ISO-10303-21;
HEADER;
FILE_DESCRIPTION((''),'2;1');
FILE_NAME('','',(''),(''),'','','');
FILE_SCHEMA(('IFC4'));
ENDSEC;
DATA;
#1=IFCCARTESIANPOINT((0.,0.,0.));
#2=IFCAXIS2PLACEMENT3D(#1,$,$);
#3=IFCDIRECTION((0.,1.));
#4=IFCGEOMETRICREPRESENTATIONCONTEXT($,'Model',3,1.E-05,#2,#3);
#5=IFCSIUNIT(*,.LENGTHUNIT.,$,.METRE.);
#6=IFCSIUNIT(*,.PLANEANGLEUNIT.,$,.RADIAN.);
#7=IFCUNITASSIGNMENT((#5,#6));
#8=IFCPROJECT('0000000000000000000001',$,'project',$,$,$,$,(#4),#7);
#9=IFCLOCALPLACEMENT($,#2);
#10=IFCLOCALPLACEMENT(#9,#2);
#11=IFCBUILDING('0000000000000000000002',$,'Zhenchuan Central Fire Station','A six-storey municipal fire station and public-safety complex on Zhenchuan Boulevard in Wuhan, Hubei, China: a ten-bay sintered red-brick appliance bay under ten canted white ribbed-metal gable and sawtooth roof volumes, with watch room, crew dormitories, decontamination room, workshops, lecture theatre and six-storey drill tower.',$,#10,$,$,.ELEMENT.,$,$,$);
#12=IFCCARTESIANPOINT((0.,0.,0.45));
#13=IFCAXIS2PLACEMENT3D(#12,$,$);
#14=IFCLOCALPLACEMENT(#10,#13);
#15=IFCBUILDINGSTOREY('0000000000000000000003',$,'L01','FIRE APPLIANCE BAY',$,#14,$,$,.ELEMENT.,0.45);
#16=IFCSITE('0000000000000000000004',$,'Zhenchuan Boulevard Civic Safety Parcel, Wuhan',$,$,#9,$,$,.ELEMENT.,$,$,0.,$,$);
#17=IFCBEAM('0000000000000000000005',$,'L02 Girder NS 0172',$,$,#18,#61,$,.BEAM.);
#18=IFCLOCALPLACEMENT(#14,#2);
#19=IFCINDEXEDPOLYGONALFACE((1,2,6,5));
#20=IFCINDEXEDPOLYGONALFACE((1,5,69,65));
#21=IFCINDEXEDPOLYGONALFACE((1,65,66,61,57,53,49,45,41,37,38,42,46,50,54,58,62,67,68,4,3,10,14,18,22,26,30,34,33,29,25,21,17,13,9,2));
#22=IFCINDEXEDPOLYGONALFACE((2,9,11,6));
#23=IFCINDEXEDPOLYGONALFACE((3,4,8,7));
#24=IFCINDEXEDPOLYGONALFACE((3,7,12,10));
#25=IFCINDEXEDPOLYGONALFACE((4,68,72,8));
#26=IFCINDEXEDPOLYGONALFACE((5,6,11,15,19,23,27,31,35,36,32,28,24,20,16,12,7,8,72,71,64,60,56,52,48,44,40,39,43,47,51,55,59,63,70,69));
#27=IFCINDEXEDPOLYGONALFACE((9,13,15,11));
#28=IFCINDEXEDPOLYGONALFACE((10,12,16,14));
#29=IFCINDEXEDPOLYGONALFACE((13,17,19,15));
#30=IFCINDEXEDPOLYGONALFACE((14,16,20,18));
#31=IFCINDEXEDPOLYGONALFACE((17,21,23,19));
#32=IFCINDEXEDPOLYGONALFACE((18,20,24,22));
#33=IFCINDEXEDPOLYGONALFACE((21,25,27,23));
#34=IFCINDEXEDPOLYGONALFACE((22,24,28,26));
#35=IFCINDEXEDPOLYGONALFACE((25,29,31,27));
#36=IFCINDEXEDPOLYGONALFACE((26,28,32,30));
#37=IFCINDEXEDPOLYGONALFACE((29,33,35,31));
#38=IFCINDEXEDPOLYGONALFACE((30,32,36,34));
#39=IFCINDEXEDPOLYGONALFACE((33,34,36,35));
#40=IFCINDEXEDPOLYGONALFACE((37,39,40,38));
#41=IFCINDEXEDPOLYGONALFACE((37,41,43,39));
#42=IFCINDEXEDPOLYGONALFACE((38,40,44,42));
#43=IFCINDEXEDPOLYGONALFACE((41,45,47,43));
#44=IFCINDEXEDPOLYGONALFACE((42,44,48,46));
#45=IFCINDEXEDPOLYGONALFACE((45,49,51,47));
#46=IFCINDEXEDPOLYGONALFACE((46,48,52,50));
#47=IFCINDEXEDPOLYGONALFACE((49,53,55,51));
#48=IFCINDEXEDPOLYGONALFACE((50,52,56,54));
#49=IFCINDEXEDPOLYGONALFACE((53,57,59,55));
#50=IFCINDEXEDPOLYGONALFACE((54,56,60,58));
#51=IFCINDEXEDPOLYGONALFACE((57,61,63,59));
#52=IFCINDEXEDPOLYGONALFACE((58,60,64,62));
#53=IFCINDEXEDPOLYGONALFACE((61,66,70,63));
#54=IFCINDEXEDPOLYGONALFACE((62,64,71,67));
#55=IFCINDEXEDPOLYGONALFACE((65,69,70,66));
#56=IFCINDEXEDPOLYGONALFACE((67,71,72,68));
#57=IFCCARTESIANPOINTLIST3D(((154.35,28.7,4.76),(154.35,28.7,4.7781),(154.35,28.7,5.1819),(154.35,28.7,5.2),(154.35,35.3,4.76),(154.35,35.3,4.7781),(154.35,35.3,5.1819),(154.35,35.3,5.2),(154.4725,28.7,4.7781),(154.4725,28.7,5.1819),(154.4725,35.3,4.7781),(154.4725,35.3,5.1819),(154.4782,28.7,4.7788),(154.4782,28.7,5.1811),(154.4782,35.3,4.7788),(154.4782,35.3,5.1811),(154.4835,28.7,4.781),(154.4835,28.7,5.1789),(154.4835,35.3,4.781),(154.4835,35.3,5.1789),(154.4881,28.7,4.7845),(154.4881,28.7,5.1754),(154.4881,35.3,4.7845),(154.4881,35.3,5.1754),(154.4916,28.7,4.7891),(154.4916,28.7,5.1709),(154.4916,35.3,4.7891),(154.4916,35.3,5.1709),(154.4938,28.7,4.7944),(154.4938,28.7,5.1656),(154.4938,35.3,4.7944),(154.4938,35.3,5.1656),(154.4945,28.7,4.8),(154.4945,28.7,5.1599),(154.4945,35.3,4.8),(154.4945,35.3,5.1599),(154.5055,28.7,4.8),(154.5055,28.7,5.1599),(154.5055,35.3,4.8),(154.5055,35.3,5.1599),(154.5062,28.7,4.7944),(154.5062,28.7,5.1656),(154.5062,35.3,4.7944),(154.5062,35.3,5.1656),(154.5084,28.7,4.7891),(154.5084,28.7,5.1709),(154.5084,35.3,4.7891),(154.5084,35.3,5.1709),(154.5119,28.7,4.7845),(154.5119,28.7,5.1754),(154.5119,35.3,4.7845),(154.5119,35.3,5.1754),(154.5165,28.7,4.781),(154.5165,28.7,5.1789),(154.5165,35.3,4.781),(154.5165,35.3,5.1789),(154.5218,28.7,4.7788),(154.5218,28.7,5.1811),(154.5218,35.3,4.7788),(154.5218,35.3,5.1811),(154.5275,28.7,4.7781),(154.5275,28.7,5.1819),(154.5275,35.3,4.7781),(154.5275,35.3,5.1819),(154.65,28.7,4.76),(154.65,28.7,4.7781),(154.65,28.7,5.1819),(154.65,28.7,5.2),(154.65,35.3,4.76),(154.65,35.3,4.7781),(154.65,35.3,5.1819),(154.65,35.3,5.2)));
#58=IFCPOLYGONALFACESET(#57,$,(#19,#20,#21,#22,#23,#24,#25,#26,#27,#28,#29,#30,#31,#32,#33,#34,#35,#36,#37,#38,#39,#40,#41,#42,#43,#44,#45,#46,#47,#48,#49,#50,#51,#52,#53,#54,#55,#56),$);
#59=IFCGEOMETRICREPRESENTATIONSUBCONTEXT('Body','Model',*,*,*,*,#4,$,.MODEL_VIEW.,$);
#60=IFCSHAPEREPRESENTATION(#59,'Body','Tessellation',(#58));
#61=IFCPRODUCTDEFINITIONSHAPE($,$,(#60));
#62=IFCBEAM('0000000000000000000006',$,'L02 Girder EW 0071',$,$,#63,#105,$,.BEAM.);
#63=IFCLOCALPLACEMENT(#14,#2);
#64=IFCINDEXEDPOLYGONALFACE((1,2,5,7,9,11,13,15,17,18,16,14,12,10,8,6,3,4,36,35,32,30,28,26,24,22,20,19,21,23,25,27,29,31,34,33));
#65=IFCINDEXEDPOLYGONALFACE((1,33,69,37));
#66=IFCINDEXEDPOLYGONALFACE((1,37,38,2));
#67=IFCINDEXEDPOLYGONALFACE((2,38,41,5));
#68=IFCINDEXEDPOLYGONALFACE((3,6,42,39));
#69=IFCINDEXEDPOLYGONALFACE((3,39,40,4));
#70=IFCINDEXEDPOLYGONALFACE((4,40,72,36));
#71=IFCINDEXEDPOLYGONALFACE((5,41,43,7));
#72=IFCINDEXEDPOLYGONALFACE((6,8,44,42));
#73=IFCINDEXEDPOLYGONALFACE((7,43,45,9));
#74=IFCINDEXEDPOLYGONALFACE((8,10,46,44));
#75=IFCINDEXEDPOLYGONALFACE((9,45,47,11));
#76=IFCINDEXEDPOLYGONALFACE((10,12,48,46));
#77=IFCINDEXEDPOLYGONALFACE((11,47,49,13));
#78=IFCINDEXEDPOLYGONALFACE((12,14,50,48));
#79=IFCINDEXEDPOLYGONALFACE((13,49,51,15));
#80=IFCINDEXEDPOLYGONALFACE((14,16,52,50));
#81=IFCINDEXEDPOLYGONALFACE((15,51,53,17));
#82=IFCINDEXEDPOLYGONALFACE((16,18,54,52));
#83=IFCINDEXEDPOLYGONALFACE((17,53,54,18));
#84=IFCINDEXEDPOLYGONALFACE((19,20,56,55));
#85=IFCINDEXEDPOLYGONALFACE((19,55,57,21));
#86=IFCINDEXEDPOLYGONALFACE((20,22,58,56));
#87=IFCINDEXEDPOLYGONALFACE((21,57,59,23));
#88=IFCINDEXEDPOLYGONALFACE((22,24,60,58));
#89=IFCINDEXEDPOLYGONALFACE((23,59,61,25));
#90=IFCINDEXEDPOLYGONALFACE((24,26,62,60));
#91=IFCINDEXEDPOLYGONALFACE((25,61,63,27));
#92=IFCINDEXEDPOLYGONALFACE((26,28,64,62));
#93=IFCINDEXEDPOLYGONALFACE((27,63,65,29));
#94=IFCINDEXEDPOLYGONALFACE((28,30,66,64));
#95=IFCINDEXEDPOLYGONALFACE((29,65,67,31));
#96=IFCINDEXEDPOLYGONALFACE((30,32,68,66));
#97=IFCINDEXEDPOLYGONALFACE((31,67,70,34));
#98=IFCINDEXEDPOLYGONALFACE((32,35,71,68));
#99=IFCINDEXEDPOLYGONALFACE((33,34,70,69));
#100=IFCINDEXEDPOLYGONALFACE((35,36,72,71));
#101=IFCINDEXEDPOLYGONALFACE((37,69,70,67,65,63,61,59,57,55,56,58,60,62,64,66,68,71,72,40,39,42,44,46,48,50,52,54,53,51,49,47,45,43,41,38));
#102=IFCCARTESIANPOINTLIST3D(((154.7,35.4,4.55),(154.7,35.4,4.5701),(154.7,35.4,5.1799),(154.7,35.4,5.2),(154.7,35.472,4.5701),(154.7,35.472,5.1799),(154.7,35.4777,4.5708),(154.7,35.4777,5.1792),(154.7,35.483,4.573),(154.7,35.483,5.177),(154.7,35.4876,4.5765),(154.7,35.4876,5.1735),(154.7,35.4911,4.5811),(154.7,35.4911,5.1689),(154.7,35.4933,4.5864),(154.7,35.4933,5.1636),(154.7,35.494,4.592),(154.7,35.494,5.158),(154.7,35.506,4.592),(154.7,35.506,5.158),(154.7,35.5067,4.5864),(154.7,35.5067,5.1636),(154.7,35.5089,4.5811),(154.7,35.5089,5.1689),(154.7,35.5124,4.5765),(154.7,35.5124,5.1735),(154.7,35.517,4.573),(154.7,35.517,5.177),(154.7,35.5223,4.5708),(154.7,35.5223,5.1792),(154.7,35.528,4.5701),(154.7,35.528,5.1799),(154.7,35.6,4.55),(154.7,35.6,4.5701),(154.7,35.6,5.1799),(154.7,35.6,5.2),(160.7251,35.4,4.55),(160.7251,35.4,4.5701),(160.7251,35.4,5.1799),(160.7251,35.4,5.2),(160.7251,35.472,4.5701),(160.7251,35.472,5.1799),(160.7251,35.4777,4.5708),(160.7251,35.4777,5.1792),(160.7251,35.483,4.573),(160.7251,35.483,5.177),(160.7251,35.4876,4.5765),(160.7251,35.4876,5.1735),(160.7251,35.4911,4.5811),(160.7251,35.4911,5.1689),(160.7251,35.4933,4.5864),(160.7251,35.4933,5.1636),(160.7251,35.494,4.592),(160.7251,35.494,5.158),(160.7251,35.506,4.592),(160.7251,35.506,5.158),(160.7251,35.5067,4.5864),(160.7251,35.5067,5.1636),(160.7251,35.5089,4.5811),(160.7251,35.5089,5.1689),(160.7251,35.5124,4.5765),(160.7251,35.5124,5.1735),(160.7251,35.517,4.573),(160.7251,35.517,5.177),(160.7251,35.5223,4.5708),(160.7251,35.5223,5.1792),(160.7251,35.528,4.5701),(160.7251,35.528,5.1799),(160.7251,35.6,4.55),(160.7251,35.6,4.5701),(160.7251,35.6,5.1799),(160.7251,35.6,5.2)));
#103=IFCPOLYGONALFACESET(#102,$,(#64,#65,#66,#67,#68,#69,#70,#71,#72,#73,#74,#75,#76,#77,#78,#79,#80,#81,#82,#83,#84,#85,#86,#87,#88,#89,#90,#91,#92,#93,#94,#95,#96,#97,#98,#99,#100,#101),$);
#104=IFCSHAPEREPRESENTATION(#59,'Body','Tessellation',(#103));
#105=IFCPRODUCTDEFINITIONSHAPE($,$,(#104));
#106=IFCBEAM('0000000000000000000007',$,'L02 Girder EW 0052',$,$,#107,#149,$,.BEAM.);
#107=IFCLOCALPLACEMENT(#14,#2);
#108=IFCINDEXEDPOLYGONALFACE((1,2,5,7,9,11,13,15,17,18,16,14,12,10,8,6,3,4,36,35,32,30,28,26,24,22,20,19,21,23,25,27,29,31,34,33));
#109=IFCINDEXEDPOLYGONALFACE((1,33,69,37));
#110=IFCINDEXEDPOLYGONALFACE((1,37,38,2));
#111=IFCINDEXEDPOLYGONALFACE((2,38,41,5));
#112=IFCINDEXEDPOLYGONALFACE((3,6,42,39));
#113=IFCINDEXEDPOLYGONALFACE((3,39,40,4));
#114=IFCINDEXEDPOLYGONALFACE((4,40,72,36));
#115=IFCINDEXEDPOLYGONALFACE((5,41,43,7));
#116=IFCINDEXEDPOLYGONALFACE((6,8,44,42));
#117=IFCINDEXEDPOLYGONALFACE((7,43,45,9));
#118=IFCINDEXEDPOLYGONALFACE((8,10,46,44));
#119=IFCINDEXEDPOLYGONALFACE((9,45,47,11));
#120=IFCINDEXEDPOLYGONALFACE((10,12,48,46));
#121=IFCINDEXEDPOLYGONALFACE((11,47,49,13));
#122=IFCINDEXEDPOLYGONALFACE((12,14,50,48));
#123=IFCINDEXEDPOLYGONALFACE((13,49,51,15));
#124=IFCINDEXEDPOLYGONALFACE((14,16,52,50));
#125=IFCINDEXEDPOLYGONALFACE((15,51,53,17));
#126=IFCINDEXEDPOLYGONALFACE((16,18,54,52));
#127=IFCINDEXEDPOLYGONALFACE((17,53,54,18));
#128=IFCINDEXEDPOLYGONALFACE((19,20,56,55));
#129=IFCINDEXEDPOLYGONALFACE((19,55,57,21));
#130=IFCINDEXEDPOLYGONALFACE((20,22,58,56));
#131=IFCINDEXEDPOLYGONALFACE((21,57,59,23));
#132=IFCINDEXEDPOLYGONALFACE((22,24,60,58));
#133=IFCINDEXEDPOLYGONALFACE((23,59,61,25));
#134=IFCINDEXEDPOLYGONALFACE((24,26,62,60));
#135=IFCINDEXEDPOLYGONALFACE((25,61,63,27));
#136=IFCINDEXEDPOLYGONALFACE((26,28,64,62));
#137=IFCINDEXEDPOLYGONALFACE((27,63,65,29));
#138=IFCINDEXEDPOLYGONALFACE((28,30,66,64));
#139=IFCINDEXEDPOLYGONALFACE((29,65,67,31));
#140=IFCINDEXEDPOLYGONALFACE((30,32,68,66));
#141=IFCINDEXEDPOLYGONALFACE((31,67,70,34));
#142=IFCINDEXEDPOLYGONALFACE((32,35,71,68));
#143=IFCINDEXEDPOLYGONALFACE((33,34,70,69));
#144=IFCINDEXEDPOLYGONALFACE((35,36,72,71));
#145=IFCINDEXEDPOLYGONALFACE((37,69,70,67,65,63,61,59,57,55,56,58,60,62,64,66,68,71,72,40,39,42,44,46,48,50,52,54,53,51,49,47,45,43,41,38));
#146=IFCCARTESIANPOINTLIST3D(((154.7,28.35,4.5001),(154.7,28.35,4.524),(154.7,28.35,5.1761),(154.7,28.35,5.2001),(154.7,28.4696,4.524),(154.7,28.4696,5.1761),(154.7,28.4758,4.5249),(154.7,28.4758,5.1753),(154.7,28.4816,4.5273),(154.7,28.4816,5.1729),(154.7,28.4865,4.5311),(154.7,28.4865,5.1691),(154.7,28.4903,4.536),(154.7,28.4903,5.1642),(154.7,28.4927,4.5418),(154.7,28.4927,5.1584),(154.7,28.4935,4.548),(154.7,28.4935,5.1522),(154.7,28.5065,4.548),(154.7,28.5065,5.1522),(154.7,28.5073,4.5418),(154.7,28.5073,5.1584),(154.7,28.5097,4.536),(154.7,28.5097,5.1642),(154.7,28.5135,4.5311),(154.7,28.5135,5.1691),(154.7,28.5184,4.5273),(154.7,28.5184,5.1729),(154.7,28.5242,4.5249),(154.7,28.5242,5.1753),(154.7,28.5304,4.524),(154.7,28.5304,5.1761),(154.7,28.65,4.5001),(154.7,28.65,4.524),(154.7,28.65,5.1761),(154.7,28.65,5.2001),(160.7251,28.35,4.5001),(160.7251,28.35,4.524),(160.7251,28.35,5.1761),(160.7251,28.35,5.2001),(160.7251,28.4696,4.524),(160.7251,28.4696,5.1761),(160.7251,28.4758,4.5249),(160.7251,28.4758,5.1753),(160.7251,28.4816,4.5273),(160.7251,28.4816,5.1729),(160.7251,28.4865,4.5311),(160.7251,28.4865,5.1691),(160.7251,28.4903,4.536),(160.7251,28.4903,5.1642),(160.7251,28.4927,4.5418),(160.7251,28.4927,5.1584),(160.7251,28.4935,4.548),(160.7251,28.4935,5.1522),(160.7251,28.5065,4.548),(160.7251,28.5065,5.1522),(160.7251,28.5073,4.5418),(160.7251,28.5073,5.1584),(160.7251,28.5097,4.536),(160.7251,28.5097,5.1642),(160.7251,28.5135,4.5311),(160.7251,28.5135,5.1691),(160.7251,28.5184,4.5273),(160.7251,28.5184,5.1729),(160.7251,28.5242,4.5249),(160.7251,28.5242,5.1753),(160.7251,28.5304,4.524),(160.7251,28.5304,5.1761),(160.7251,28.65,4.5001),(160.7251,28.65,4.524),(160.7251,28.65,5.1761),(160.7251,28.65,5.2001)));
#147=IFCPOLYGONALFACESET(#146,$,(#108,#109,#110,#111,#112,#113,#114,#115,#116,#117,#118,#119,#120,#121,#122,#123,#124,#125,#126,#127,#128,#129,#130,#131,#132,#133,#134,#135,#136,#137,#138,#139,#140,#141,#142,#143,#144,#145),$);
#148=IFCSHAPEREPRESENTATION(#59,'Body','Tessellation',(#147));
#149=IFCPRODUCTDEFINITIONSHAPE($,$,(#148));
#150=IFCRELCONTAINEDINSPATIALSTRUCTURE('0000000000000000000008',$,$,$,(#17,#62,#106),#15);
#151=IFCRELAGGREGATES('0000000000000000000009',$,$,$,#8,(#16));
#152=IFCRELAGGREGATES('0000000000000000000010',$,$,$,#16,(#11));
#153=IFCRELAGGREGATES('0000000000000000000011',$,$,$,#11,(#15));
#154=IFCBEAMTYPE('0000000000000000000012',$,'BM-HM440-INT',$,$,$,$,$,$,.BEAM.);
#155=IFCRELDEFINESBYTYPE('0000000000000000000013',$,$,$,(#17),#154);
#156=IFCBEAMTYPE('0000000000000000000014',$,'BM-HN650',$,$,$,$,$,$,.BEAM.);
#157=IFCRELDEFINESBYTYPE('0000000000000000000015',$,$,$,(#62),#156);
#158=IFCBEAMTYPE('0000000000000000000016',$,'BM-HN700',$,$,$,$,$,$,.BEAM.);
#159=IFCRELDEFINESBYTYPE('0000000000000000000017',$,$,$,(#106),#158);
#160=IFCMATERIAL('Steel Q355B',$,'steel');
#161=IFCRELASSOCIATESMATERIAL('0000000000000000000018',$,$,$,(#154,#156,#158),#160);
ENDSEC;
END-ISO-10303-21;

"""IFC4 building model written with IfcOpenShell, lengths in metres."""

from ifc_helpers import new_model, si_unit, direction, frame, origin, origin_2d, place, context, subcontext, project, spatial, i_section, extrude, material, material_profile, profile_set, type_object, element, save


model = new_model("IFC4")

# Units and contexts
model_context = context("Model", 3, precision=1e-05, world=origin(), true_north=direction((0.0, 1.0)))
body_context = subcontext(model_context, "Body", "Model", "MODEL_VIEW")
ifc_project = project(units=[si_unit("LENGTHUNIT", "METRE"), si_unit("PLANEANGLEUNIT", "RADIAN")], contexts=[model_context])

# Site, building, storey
site_placement = place(None, origin())
site = spatial("IfcSite", under=ifc_project, at=site_placement, Name="Zhenchuan Boulevard Civic Safety Parcel, Wuhan", CompositionType="ELEMENT", RefElevation=0.0)
building_placement = place(site_placement, origin())
building = spatial("IfcBuilding", under=site, at=building_placement, Name="Zhenchuan Central Fire Station", Description="A six-storey municipal fire station and public-safety complex on Zhenchuan Boulevard in Wuhan, Hubei, China: a ten-bay sintered red-brick appliance bay under ten canted white ribbed-metal gable and sawtooth roof volumes, with watch room, crew dormitories, decontamination room, workshops, lecture theatre and six-storey drill tower.", CompositionType="ELEMENT")
storey_placement = place(building_placement, frame((0.0, 0.0, 0.45)))
storey = spatial("IfcBuildingStorey", under=building, at=storey_placement, Name="L01", Description="FIRE APPLIANCE BAY", CompositionType="ELEMENT", Elevation=0.45)

# Shared definitions
ifc_material_1 = material(Name="Steel Q355B", Category="steel")

# Beams
ifc_material_profile_1 = material_profile(ifc_material_1, i_section(OverallWidth=0.3, OverallDepth=0.4399, WebThickness=0.011, FlangeThickness=0.0181, FilletRadius=0.022, at=origin_2d()), Name="HM 440x300")
ifc_profile_set_1 = profile_set([ifc_material_profile_1], Name="Steel Q355B")
beam_type_1 = type_object("IfcBeamType", Name="BM-HM440-INT", PredefinedType="BEAM", material=ifc_profile_set_1)
beam_1_placement = place(storey_placement, frame((154.5, 28.7, 4.98), z_axis=(0.0, 1.0, 0.0), x_axis=(-1.0, 0.0, 0.0)))
element("IfcBeam", 1, at=beam_1_placement, inside=storey, type_object=beam_type_1, Name="L02 Girder NS 0172", PredefinedType="BEAM", context=body_context, shape_type="SweptSolid", body=[
    extrude(i_section(OverallWidth=0.3, OverallDepth=0.4399, WebThickness=0.011, FlangeThickness=0.0181, FilletRadius=0.022, at=origin_2d()), origin(), (0.0, 0.0, 1.0), 6.6001),
])
ifc_material_profile_2 = material_profile(ifc_material_1, i_section(OverallWidth=0.2, OverallDepth=0.6499, WebThickness=0.012, FlangeThickness=0.02, FilletRadius=0.022, at=origin_2d()), Name="HN 650x200")
ifc_profile_set_2 = profile_set([ifc_material_profile_2], Name="Steel Q355B")
beam_type_2 = type_object("IfcBeamType", Name="BM-HN650", PredefinedType="BEAM", material=ifc_profile_set_2)
beam_2_placement = place(storey_placement, frame((154.7, 35.5, 4.875), z_axis=(1.0, 0.0, 0.0), x_axis=(0.0, 1.0, 0.0)))
element("IfcBeam", 2, at=beam_2_placement, inside=storey, type_object=beam_type_2, Name="L02 Girder EW 0071", PredefinedType="BEAM", context=body_context, shape_type="SweptSolid", body=[
    extrude(i_section(OverallWidth=0.2, OverallDepth=0.6499, WebThickness=0.012, FlangeThickness=0.02, FilletRadius=0.022, at=origin_2d()), origin(), (0.0, 0.0, 1.0), 6.0251),
])
ifc_material_profile_3 = material_profile(ifc_material_1, i_section(OverallWidth=0.3, OverallDepth=0.7, WebThickness=0.0129, FlangeThickness=0.0239, FilletRadius=0.0239, at=origin_2d()), Name="HN 700x300")
ifc_profile_set_3 = profile_set([ifc_material_profile_3], Name="Steel Q355B")
beam_type_3 = type_object("IfcBeamType", Name="BM-HN700", PredefinedType="BEAM", material=ifc_profile_set_3)
beam_3_placement = place(storey_placement, frame((154.7, 28.5, 4.8501), z_axis=(1.0, 0.0, 0.0), x_axis=(0.0, 1.0, 0.0)))
element("IfcBeam", 3, at=beam_3_placement, inside=storey, type_object=beam_type_3, Name="L02 Girder EW 0052", PredefinedType="BEAM", context=body_context, shape_type="SweptSolid", body=[
    extrude(i_section(OverallWidth=0.3, OverallDepth=0.7, WebThickness=0.0129, FlangeThickness=0.0239, FilletRadius=0.0239, at=origin_2d()), origin(), (0.0, 0.0, 1.0), 6.0251),
])

save(model, "model.ifc")
